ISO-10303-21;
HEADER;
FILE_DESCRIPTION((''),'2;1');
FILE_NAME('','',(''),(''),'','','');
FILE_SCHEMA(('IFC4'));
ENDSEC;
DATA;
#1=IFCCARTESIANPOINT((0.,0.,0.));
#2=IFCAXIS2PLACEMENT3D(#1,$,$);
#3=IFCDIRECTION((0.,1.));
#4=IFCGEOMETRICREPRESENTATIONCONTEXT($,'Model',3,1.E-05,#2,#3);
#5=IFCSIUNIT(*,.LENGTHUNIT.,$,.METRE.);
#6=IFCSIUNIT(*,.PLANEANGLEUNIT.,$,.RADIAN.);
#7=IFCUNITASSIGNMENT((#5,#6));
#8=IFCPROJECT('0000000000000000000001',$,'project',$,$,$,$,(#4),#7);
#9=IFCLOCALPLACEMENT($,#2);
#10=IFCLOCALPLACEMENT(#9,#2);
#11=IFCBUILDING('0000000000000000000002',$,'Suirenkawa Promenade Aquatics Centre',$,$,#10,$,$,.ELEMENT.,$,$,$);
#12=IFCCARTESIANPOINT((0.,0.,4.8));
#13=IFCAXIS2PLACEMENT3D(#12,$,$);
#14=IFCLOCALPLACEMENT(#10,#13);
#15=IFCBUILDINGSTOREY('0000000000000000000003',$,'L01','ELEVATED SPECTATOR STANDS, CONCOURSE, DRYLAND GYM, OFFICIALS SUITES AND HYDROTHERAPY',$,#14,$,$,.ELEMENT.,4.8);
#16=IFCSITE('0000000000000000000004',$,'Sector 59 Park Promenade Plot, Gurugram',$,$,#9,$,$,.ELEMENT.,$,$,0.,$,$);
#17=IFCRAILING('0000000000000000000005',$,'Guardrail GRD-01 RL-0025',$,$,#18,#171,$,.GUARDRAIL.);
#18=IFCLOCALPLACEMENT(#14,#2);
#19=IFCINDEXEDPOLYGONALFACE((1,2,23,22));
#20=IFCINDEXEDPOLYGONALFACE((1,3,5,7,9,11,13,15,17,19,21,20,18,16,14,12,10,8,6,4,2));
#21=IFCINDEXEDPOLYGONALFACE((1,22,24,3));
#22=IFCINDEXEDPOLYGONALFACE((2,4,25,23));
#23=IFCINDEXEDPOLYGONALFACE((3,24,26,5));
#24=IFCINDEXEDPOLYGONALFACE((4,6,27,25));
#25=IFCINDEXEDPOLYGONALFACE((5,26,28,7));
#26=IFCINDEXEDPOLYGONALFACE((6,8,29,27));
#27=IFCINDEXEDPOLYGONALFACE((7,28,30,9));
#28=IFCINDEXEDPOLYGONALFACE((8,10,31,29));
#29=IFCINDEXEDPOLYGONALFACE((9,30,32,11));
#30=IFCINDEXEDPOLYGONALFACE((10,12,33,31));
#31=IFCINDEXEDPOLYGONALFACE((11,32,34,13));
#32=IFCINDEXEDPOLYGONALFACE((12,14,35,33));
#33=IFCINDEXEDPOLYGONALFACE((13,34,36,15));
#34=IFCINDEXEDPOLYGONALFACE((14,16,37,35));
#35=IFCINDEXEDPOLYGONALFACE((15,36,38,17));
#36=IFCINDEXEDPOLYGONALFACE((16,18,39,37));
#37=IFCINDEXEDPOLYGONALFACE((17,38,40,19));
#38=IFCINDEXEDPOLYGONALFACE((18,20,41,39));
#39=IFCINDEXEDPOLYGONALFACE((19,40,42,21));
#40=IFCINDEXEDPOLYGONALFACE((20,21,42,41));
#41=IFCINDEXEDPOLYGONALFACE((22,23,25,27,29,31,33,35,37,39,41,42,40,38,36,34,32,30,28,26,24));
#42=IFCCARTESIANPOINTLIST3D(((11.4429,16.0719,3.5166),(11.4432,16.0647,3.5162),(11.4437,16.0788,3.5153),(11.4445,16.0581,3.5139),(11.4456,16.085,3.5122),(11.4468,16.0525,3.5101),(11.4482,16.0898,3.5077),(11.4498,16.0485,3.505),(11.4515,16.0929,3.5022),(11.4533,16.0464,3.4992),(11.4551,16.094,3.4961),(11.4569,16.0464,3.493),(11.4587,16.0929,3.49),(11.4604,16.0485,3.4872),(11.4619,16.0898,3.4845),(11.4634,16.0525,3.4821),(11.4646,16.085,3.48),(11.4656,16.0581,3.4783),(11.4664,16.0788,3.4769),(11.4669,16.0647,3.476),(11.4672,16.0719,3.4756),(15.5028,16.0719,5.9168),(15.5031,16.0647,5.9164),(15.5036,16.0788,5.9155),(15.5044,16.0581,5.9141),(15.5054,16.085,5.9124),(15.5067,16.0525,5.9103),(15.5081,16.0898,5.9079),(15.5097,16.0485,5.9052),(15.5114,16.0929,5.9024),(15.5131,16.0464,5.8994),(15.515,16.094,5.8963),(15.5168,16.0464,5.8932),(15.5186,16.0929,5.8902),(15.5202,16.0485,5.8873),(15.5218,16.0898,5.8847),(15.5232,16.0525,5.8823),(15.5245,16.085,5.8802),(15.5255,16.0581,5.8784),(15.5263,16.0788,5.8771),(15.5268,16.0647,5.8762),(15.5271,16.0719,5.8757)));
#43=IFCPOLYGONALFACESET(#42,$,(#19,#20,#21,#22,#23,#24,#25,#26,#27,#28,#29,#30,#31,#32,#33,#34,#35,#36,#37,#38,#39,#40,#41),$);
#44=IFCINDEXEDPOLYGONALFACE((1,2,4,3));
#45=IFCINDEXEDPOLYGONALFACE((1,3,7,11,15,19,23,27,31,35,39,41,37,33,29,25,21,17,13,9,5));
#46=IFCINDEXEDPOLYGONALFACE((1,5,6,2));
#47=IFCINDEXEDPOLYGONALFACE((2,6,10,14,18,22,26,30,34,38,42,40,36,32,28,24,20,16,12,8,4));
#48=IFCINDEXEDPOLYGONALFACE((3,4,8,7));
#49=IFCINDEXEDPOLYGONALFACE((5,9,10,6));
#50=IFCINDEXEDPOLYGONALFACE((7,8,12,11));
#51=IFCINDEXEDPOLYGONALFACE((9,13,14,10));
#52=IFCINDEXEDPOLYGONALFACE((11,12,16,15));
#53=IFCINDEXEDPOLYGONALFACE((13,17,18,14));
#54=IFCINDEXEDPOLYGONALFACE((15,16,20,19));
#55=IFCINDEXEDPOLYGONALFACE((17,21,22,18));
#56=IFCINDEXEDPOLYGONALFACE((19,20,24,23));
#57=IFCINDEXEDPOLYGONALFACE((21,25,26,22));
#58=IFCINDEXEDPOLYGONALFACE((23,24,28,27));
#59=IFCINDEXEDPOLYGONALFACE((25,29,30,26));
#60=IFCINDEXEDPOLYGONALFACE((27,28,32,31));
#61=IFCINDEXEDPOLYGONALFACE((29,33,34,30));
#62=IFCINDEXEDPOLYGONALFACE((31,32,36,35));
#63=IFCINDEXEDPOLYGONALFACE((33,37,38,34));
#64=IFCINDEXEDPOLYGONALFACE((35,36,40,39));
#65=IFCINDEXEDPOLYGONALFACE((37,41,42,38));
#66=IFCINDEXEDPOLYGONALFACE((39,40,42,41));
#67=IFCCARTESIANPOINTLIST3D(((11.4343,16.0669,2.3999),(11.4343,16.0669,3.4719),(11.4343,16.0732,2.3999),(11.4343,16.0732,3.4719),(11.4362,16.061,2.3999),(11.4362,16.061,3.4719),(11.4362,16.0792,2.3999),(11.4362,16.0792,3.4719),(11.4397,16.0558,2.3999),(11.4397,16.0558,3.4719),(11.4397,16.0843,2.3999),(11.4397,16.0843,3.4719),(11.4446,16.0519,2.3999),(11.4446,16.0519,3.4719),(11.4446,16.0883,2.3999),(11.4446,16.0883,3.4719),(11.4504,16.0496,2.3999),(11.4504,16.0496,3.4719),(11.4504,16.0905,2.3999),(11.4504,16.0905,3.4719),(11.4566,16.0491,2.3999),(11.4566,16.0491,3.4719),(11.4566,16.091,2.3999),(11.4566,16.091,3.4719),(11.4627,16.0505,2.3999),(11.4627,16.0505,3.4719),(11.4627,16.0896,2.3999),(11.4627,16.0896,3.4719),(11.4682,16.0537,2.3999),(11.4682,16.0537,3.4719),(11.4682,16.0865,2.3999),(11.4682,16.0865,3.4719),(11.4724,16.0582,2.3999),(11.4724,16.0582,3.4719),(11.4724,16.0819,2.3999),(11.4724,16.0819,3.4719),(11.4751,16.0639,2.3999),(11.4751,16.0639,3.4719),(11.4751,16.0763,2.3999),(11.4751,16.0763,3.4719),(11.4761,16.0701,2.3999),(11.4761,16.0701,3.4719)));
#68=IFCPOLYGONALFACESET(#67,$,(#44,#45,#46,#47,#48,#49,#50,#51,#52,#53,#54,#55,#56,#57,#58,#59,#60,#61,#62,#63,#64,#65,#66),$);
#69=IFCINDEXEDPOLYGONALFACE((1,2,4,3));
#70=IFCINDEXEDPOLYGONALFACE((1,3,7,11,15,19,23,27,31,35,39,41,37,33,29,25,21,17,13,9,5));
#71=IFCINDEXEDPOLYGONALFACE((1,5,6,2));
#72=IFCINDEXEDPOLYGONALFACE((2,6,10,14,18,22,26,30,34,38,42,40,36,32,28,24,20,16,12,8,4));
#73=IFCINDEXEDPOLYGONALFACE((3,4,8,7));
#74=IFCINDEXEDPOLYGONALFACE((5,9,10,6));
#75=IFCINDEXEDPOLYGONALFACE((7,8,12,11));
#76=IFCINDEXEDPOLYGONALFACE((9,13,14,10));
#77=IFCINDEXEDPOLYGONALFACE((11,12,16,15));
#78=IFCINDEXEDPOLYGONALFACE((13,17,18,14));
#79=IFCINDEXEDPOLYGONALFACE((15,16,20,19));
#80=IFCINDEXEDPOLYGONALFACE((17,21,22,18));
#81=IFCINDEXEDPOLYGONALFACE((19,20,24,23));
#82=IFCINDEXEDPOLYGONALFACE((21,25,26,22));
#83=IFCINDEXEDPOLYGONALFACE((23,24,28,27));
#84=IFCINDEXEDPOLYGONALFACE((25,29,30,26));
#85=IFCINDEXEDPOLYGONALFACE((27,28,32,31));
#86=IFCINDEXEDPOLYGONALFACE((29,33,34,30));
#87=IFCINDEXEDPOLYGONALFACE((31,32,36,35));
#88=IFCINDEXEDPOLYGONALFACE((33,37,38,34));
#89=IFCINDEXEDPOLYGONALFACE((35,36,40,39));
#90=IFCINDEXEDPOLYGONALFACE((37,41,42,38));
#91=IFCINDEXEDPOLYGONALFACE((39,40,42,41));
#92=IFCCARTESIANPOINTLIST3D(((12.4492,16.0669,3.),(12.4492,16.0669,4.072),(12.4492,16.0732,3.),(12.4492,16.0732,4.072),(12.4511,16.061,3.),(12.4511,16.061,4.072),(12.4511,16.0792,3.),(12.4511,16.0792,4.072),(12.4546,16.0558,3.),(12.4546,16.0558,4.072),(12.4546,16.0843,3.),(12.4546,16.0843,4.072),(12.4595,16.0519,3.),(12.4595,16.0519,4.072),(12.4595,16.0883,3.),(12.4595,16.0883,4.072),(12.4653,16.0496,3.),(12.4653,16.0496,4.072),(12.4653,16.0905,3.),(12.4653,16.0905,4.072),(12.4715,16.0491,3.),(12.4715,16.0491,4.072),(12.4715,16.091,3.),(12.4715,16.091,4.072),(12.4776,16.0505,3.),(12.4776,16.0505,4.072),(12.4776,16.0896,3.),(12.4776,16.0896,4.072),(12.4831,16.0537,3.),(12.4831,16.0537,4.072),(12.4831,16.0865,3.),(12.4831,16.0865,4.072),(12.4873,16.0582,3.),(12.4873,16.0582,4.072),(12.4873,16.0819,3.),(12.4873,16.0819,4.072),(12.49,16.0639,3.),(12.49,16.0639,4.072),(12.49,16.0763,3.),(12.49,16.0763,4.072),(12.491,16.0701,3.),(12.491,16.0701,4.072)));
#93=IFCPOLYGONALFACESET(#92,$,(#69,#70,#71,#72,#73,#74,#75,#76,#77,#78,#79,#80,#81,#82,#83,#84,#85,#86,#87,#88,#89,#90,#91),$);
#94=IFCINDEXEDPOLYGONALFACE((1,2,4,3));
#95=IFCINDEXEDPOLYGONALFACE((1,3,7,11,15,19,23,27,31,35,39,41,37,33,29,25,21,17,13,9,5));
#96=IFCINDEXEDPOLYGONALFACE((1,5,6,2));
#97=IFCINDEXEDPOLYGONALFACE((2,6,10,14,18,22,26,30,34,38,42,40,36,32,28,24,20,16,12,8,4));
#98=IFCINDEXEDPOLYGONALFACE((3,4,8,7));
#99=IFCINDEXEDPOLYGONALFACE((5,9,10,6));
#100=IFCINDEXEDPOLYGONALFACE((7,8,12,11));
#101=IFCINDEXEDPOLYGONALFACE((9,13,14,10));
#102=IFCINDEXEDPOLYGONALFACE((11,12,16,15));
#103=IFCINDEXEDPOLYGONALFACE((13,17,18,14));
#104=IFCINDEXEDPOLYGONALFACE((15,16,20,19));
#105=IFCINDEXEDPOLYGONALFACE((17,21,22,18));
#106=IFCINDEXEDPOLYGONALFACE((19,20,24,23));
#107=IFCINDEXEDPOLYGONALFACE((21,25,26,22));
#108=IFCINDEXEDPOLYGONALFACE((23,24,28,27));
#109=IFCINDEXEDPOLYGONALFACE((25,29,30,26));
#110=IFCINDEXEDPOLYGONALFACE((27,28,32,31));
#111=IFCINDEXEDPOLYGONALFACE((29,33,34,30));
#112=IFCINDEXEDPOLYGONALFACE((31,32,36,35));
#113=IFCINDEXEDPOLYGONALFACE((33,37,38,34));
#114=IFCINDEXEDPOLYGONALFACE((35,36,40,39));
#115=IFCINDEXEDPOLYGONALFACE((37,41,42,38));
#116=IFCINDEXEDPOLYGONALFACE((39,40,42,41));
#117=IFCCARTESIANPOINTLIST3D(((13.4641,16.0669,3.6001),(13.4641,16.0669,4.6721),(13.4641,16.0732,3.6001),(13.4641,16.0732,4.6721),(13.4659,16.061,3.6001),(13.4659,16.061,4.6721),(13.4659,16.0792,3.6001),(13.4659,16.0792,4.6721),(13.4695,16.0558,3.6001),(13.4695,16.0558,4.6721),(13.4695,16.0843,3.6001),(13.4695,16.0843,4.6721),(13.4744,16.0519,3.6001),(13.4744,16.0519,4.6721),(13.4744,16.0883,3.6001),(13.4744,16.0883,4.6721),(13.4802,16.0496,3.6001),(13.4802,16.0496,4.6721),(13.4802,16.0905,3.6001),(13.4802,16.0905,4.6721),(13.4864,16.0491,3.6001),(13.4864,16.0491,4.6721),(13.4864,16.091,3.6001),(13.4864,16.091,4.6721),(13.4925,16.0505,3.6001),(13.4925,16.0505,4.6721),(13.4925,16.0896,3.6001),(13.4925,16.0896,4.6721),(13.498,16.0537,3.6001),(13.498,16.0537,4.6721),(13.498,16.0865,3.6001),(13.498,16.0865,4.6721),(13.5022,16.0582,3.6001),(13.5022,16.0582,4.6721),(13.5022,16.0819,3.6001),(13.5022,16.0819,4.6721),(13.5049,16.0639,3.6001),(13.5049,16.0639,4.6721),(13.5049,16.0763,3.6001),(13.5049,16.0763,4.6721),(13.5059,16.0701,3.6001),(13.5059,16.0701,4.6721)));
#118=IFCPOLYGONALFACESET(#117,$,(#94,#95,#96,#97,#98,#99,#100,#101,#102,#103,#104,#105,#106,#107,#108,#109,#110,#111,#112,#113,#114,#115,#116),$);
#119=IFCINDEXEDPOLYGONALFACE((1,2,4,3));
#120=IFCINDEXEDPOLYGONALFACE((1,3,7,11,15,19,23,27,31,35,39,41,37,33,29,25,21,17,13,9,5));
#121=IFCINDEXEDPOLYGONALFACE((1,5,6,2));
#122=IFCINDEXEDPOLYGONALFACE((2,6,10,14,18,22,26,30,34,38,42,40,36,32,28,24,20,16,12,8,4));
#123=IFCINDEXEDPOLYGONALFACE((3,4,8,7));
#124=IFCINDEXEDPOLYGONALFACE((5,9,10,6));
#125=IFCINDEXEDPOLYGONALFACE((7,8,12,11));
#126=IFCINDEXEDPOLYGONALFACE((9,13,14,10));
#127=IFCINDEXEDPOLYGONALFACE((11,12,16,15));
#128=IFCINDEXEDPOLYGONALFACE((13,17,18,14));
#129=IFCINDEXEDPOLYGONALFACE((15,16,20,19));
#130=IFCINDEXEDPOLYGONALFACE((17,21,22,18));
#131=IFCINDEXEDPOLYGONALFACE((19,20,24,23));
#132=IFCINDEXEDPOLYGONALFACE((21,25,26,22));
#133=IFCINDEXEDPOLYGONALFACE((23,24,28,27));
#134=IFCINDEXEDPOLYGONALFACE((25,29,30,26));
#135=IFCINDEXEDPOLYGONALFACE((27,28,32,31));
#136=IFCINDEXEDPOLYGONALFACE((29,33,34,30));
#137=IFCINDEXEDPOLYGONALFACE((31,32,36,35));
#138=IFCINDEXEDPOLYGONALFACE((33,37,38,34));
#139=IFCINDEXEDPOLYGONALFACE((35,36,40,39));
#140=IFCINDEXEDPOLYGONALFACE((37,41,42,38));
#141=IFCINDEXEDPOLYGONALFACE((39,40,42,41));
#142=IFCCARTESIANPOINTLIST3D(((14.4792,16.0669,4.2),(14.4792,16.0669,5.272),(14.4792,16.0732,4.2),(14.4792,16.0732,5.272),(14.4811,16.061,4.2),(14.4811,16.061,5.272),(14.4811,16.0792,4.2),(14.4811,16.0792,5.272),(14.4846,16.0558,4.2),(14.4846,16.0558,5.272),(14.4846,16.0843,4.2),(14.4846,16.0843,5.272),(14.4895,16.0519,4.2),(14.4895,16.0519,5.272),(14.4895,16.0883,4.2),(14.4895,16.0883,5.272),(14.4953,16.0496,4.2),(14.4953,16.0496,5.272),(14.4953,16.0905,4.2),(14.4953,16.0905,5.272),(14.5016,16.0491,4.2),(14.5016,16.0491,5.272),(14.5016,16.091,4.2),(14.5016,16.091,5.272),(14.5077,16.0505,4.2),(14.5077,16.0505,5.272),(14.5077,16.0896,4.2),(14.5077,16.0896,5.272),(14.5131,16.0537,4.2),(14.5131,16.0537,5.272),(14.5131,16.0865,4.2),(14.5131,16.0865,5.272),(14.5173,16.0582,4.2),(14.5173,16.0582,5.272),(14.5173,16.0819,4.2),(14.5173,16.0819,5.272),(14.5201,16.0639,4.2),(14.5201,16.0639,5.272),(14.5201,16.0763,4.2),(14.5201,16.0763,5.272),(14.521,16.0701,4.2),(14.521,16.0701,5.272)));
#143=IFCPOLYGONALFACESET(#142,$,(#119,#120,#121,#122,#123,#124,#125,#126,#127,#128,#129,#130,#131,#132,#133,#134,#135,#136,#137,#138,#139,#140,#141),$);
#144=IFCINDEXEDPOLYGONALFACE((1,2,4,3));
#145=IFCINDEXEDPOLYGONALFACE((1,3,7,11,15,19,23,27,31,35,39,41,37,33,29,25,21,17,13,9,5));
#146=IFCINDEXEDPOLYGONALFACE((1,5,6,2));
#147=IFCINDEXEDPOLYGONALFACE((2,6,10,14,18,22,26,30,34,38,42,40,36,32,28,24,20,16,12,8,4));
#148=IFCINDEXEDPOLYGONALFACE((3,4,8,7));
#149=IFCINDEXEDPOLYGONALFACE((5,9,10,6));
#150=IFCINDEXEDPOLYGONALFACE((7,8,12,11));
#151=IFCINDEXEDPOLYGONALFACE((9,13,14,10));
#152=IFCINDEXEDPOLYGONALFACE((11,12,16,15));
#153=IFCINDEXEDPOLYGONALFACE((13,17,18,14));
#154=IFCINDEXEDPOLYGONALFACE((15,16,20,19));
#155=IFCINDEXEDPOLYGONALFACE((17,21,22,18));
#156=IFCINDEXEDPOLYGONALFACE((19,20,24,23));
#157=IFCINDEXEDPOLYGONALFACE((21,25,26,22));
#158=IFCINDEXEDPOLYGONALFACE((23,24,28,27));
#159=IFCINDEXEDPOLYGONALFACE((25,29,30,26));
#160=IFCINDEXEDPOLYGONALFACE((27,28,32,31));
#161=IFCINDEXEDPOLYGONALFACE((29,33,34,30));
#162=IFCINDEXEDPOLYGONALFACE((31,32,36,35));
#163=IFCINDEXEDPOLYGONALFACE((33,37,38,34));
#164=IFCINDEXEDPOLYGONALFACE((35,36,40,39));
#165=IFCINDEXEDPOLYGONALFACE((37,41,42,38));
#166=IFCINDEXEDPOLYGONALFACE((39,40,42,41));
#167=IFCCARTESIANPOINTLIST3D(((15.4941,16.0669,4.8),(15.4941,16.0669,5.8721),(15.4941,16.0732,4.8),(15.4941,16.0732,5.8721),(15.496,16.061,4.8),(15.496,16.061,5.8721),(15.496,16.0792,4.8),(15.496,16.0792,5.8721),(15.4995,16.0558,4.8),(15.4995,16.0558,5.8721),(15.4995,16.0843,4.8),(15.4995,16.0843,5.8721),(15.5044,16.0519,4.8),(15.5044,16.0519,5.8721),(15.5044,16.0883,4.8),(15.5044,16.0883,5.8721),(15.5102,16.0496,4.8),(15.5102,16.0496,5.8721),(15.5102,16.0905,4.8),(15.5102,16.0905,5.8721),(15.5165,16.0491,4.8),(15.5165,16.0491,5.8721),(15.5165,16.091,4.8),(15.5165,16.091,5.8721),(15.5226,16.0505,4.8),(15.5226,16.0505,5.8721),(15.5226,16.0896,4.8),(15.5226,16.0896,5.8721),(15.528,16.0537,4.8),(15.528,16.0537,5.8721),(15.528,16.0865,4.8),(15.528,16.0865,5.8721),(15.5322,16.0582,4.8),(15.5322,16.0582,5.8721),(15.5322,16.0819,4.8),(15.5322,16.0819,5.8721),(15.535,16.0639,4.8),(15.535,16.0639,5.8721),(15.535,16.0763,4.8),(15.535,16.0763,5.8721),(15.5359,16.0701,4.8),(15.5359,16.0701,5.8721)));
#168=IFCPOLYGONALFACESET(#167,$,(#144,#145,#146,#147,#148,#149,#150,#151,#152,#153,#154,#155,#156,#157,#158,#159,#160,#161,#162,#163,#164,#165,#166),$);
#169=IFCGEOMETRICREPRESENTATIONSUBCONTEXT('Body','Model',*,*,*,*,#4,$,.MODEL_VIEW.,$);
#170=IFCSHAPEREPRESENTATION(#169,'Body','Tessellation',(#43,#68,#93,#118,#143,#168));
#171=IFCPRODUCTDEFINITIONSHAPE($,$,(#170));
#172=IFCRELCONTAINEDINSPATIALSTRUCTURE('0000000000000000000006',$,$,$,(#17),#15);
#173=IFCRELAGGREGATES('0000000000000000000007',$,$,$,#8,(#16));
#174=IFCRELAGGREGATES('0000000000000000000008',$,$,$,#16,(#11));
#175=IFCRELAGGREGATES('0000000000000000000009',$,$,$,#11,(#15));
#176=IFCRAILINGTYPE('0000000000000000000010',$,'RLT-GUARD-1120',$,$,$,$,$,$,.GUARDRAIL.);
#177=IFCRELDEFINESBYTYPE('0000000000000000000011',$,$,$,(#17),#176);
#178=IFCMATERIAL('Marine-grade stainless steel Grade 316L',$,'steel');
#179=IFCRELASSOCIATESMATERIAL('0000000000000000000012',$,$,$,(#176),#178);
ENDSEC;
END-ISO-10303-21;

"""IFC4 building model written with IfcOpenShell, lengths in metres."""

from ifc_helpers import new_model, si_unit, direction, frame, origin, origin_2d, place, context, subcontext, project, spatial, circle, extrude, material, type_object, element, save


model = new_model("IFC4")

# Units and contexts
model_context = context("Model", 3, precision=1e-05, world=origin(), true_north=direction((0.0, 1.0)))
body_context = subcontext(model_context, "Body", "Model", "MODEL_VIEW")
ifc_project = project(units=[si_unit("LENGTHUNIT", "METRE"), si_unit("PLANEANGLEUNIT", "RADIAN")], contexts=[model_context])

# Site, building, storey
site_placement = place(None, origin())
site = spatial("IfcSite", under=ifc_project, at=site_placement, Name="Sector 59 Park Promenade Plot, Gurugram", CompositionType="ELEMENT", RefElevation=0.0)
building_placement = place(site_placement, origin())
building = spatial("IfcBuilding", under=site, at=building_placement, Name="Suirenkawa Promenade Aquatics Centre", CompositionType="ELEMENT")
storey_placement = place(building_placement, frame((0.0, 0.0, 4.8)))
storey = spatial("IfcBuildingStorey", under=building, at=storey_placement, Name="L01", Description="ELEVATED SPECTATOR STANDS, CONCOURSE, DRYLAND GYM, OFFICIALS SUITES AND HYDROTHERAPY", CompositionType="ELEMENT", Elevation=4.8)

# Railing
ifc_material_1 = material(Name="Marine-grade stainless steel Grade 316L", Category="steel")
railing_type_1 = type_object("IfcRailingType", Name="RLT-GUARD-1120", PredefinedType="GUARDRAIL", material=ifc_material_1)
for number, where, name in (
    (1, (11.4551, 16.0701, 2.3999), "Guardrail GRD-01 RL-0025"),
):
    element("IfcRailing", number, at=place(storey_placement, frame(where)), inside=storey, type_object=railing_type_1, Name=name, PredefinedType="GUARDRAIL", context=body_context, shape_type="SweptSolid", body=[
        extrude(circle(Radius=0.0239, at=origin_2d()), frame((0.0, 0.0, 1.0962), z_axis=(0.860818, 0.0, 0.508912), x_axis=(0.0, 1.0, 0.0)), (0.0, 0.0, 1.0), 4.7163),
        extrude(circle(Radius=0.021, at=origin_2d()), origin(), (0.0, 0.0, 1.0), 1.072),
        extrude(circle(Radius=0.021, at=origin_2d()), frame((1.0149, 0.0, 0.6001)), (0.0, 0.0, 1.0), 1.072),
        extrude(circle(Radius=0.021, at=origin_2d()), frame((2.0298, 0.0, 1.2002)), (0.0, 0.0, 1.0), 1.072),
        extrude(circle(Radius=0.021, at=origin_2d()), frame((3.0449, 0.0, 1.8)), (0.0, 0.0, 1.0), 1.072),
        extrude(circle(Radius=0.021, at=origin_2d()), frame((4.0598, 0.0, 2.4001)), (0.0, 0.0, 1.0), 1.072),
    ])

save(model, "model.ifc")
